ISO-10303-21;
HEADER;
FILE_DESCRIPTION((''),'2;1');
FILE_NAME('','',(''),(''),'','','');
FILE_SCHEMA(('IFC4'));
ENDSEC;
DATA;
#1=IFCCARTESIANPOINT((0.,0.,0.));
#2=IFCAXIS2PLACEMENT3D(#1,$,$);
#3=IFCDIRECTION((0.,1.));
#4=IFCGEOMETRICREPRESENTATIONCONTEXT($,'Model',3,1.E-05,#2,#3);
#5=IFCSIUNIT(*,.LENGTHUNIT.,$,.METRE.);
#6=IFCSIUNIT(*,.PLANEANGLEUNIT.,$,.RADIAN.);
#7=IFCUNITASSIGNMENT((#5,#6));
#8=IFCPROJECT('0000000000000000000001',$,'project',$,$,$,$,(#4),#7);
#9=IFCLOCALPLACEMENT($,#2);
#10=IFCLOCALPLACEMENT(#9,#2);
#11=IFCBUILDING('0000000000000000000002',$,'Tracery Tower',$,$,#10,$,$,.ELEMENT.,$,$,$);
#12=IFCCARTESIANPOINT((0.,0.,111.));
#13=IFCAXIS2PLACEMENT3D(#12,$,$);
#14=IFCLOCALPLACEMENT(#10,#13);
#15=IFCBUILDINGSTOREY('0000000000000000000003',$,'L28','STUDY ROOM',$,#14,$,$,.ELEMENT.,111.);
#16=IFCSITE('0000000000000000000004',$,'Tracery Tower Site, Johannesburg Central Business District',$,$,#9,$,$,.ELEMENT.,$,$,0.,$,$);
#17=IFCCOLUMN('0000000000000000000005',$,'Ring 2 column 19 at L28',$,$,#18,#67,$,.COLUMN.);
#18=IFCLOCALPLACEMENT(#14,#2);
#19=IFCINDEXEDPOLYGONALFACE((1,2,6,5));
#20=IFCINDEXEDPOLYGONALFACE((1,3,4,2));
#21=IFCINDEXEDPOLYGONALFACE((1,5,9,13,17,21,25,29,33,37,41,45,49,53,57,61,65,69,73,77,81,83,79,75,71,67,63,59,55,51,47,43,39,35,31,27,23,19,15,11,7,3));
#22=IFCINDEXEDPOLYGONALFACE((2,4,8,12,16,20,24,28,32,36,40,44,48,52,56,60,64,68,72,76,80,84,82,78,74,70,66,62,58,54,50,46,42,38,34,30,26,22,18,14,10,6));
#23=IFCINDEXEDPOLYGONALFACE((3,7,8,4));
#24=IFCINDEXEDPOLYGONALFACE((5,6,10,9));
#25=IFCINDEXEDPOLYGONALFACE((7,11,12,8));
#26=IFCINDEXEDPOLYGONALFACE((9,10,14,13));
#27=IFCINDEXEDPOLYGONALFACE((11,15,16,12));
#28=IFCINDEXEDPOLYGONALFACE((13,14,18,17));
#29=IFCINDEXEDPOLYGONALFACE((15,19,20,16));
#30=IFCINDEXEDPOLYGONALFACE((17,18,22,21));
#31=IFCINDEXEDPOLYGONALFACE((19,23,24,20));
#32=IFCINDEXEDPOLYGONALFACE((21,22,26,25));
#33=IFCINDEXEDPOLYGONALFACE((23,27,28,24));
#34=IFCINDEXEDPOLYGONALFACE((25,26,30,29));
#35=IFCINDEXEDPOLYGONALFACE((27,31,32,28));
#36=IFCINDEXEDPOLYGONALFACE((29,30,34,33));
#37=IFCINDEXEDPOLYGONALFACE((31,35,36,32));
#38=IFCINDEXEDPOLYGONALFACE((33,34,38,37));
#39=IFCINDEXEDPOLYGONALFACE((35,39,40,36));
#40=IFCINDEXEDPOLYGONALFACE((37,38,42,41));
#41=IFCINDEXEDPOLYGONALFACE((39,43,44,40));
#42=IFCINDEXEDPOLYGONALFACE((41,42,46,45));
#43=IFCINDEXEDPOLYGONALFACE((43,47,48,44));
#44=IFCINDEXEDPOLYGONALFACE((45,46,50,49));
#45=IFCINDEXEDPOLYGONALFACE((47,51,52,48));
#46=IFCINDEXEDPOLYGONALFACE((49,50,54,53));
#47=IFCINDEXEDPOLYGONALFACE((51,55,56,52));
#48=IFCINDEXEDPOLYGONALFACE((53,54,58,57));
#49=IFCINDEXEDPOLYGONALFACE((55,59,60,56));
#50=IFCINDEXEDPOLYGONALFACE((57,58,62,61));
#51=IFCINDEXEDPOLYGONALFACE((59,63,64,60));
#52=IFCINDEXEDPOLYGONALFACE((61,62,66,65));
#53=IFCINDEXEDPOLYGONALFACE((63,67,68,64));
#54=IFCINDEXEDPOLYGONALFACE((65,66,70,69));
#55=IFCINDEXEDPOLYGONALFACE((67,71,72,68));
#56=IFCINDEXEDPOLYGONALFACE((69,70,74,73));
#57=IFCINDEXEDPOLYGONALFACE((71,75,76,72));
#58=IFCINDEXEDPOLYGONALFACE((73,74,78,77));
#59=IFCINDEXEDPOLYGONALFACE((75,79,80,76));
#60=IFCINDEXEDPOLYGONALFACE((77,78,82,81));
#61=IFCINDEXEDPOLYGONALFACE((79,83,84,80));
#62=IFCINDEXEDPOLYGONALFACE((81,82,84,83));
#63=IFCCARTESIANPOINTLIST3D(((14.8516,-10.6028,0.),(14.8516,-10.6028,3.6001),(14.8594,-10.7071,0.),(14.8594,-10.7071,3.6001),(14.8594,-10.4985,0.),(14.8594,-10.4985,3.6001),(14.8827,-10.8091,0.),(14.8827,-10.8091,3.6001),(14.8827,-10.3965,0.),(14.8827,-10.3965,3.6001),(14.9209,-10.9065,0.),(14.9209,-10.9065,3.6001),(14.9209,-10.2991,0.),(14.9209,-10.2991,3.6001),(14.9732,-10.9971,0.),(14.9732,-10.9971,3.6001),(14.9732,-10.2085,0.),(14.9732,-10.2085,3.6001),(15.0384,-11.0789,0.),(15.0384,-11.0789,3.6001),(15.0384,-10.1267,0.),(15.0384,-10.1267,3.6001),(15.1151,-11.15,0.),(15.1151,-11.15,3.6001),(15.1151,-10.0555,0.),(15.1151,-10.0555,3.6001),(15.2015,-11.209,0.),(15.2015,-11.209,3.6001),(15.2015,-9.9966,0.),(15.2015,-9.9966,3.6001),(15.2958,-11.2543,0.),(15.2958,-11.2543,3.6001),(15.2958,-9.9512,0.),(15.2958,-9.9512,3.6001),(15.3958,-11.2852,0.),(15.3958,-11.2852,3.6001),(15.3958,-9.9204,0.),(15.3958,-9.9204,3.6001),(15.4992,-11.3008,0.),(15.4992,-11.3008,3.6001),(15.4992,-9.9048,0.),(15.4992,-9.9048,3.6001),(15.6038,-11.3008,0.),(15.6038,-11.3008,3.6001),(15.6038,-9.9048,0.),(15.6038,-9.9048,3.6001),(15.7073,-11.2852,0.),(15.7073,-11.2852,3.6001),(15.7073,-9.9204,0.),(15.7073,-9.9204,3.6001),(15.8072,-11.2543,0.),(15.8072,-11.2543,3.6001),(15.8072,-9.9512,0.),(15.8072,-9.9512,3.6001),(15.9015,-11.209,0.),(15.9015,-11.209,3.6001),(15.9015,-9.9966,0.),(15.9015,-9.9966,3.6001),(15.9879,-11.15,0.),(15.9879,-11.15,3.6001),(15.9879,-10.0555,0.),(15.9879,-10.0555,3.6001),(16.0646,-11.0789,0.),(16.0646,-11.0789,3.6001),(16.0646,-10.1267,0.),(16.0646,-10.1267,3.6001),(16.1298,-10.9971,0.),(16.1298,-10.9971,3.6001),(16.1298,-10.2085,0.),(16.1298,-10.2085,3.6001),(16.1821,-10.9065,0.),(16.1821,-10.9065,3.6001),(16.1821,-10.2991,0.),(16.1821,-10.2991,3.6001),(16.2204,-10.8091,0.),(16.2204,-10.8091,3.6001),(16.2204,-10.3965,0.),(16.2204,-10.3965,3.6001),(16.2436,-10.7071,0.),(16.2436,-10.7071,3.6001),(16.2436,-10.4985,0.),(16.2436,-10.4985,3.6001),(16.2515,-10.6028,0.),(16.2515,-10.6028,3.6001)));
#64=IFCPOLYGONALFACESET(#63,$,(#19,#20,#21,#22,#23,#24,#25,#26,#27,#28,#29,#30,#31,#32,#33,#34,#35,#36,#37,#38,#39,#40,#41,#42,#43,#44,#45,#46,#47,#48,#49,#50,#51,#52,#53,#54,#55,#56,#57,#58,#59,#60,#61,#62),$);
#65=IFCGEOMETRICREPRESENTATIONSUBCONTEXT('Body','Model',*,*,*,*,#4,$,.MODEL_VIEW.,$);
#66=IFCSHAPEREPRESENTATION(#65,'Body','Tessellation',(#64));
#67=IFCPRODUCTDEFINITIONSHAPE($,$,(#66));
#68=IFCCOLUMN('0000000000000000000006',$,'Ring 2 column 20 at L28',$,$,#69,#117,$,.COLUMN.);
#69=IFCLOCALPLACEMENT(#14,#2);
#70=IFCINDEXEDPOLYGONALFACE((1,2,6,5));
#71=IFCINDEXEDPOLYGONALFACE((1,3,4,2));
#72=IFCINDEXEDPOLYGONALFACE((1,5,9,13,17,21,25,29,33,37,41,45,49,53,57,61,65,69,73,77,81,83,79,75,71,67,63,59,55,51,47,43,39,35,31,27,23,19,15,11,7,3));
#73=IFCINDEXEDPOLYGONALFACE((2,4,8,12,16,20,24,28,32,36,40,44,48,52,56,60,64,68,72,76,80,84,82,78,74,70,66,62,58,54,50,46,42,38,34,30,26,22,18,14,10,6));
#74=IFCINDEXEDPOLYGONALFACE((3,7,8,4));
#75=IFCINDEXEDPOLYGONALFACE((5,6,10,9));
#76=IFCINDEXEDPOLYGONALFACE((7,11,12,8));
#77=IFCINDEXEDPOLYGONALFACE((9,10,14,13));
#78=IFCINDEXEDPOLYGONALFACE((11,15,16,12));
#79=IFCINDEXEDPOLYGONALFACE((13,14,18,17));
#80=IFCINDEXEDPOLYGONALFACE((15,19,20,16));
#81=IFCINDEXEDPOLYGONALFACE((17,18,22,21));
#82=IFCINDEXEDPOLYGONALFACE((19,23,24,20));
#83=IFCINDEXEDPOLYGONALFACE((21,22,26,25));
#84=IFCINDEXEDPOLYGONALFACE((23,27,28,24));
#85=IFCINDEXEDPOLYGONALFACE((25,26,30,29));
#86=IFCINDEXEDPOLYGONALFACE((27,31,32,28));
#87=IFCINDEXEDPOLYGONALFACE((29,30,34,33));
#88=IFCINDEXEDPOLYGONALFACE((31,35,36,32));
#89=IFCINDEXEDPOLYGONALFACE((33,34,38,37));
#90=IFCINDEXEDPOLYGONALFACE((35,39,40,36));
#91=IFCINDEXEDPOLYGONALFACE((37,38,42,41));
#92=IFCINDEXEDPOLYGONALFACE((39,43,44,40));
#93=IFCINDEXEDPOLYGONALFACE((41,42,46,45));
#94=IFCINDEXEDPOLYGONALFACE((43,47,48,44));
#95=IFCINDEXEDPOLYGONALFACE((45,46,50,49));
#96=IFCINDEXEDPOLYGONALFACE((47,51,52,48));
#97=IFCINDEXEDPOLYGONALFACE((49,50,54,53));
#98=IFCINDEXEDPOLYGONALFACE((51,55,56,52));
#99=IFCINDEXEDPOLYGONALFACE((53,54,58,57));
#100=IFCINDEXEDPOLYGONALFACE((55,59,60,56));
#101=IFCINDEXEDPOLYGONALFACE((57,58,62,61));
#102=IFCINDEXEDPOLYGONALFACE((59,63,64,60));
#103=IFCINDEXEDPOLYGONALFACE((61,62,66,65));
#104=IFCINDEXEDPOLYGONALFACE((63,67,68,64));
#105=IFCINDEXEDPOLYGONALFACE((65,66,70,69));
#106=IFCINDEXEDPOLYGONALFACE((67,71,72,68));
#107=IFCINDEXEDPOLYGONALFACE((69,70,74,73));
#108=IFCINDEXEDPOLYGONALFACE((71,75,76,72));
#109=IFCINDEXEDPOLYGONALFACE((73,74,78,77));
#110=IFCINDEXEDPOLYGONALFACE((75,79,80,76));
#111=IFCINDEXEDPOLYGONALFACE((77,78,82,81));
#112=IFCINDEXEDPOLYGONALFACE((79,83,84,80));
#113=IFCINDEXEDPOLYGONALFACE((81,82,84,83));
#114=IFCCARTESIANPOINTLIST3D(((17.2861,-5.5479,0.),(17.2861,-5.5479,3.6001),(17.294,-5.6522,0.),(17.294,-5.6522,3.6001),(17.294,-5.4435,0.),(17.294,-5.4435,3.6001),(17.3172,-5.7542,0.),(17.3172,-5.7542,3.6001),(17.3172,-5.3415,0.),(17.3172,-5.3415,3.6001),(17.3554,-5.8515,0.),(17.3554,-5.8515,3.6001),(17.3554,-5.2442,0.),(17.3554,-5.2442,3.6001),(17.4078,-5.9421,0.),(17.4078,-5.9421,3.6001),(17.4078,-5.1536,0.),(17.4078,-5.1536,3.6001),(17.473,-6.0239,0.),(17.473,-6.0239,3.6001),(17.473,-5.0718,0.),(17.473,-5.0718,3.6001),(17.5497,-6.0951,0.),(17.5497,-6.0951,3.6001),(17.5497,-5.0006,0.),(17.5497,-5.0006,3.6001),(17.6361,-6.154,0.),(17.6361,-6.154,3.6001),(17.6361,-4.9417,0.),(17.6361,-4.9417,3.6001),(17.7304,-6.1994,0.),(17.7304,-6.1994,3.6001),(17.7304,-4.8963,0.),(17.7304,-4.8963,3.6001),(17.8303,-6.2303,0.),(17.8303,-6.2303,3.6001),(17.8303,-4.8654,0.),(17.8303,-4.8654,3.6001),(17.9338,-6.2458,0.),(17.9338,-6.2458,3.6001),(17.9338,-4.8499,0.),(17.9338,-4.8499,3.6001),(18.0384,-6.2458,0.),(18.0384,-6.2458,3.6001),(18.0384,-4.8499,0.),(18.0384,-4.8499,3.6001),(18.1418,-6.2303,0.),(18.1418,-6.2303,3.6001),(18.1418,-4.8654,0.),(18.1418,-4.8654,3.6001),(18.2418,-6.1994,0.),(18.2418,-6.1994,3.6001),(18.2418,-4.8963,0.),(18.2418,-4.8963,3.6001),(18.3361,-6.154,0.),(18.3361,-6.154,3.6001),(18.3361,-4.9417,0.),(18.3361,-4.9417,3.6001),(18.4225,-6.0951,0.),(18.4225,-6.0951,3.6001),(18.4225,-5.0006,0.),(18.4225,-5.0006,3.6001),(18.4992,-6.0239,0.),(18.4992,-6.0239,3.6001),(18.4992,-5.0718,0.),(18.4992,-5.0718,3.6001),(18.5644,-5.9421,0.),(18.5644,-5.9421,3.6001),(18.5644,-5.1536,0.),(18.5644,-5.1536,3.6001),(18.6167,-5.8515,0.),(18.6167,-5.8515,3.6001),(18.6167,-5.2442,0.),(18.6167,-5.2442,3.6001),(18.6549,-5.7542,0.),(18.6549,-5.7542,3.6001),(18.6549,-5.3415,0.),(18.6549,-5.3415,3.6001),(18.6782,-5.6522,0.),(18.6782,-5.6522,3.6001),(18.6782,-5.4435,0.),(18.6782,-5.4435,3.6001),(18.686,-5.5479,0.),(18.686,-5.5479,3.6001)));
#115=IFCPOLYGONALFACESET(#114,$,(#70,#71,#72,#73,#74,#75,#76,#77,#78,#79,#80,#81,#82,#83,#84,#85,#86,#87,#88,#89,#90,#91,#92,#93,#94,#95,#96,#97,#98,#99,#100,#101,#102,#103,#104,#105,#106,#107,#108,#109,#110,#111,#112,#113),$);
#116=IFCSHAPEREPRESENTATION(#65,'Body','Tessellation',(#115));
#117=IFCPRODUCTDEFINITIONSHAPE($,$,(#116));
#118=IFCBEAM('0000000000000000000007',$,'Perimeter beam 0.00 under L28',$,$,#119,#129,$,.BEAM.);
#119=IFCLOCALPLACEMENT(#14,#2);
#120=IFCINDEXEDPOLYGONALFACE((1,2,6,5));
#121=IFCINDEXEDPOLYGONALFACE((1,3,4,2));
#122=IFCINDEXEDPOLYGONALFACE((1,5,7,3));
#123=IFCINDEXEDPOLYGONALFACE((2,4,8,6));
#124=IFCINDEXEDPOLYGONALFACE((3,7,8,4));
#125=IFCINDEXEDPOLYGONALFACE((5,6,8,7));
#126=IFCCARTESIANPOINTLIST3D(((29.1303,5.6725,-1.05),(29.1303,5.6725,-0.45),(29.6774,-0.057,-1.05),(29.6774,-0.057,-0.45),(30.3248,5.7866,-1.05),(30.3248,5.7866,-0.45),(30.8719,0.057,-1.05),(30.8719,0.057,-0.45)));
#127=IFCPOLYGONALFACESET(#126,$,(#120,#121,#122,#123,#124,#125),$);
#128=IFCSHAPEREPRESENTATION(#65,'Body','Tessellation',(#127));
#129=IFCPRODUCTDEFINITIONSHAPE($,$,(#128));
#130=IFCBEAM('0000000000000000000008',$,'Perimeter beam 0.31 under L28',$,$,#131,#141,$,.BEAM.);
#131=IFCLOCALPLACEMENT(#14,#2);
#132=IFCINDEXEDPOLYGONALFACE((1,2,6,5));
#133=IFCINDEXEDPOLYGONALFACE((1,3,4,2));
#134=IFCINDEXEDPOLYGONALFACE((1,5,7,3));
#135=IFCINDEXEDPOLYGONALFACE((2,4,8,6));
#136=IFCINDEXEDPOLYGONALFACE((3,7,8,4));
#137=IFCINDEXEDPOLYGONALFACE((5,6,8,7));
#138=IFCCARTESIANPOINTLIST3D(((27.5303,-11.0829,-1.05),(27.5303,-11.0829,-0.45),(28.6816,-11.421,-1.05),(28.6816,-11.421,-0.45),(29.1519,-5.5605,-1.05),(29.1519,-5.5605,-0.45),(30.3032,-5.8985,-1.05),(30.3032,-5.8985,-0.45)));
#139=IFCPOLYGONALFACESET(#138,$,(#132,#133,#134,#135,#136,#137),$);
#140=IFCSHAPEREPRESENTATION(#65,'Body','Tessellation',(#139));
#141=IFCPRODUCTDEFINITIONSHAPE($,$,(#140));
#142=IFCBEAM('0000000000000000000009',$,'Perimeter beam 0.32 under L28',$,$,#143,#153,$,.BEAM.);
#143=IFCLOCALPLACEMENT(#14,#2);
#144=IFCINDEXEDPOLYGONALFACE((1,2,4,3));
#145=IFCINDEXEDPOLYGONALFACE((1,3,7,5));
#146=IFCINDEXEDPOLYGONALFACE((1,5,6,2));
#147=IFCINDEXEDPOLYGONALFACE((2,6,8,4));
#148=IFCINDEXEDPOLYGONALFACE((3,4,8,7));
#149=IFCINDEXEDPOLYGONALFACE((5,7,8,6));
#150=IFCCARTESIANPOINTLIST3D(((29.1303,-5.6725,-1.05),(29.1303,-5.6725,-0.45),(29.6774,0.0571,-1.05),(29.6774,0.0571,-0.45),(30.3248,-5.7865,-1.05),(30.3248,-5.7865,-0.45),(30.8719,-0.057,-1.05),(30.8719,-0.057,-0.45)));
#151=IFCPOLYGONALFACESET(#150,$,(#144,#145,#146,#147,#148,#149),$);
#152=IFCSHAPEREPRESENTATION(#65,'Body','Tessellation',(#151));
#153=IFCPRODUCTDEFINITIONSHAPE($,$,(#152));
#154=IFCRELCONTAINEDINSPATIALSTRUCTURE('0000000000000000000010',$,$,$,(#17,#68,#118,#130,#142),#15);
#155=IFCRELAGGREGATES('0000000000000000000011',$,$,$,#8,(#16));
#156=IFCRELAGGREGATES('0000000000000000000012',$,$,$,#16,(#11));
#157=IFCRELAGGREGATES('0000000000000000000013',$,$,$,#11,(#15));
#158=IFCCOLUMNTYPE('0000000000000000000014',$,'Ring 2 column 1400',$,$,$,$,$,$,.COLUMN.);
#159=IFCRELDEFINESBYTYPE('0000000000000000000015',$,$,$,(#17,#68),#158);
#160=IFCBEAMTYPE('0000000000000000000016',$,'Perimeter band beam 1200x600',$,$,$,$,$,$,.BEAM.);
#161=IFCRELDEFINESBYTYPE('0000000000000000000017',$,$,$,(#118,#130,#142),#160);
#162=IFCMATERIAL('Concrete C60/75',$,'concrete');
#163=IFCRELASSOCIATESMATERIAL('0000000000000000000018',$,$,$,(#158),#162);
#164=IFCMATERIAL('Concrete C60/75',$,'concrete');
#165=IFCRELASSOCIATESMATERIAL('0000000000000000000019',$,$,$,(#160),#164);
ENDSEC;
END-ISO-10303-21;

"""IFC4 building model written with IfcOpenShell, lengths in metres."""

from ifc_helpers import new_model, si_unit, direction, frame, origin, origin_2d, place, context, subcontext, project, spatial, rectangle, circle, extrude, material, material_profile, profile_set, type_object, element, save


model = new_model("IFC4")

# Units and contexts
model_context = context("Model", 3, precision=1e-05, world=origin(), true_north=direction((0.0, 1.0)))
body_context = subcontext(model_context, "Body", "Model", "MODEL_VIEW")
ifc_project = project(units=[si_unit("LENGTHUNIT", "METRE"), si_unit("PLANEANGLEUNIT", "RADIAN")], contexts=[model_context])

# Site, building, storey
site_placement = place(None, origin())
site = spatial("IfcSite", under=ifc_project, at=site_placement, Name="Tracery Tower Site, Johannesburg Central Business District", CompositionType="ELEMENT", RefElevation=0.0)
building_placement = place(site_placement, origin())
building = spatial("IfcBuilding", under=site, at=building_placement, Name="Tracery Tower", CompositionType="ELEMENT")
storey_placement = place(building_placement, frame((0.0, 0.0, 111.0)))
storey = spatial("IfcBuildingStorey", under=building, at=storey_placement, Name="L28", Description="STUDY ROOM", CompositionType="ELEMENT", Elevation=111.0)

# Columns
ifc_material_1 = material(Name="Concrete C60/75", Category="concrete")
ifc_material_profile_1 = material_profile(ifc_material_1, circle(Radius=0.7, at=origin_2d()), Name="RC D1400")
ifc_profile_set_1 = profile_set([ifc_material_profile_1], Name="Concrete C60/75")
column_type_1 = type_object("IfcColumnType", Name="Ring 2 column 1400", PredefinedType="COLUMN", material=ifc_profile_set_1)
for number, where, z_axis, x_axis, name in (
    (1, (15.5515, -10.6028, 0.0), (0.0, 0.0, 1.0), (1.0, 0.0, 0.0), "Ring 2 column 19 at L28"),
    (2, (17.9861, -5.5479, 0.0), (0.0, 0.0, 1.0), (1.0, 0.0, 0.0), "Ring 2 column 20 at L28"),
):
    element("IfcColumn", number, at=place(storey_placement, frame(where, z_axis=z_axis, x_axis=x_axis)), inside=storey, type_object=column_type_1, Name=name, PredefinedType="COLUMN", context=body_context, shape_type="SweptSolid", body=[
        extrude(circle(Radius=0.7, at=origin_2d()), origin(), (0.0, 0.0, 1.0), 3.6001),
    ])

# Beams
ifc_material_2 = material(Name="Concrete C60/75", Category="concrete")
ifc_material_profile_2 = material_profile(ifc_material_2, rectangle(XDim=1.2, YDim=0.6001, at=origin_2d()), Name="RC 1200x600")
ifc_profile_set_2 = profile_set([ifc_material_profile_2], Name="Concrete C60/75")
beam_type = type_object("IfcBeamType", Name="Perimeter band beam 1200x600", PredefinedType="BEAM", material=ifc_profile_set_2)
for number, where, z_axis, x_axis, name in (
    (3, (30.2747, 0.0, -0.75), (-0.095059, 0.995472, 0.0), (-0.995472, -0.095059, 0.0), "Perimeter beam 0.00 under L28"),
    (4, (28.106, -11.252, -0.75), (0.281739, 0.959491, 0.0), (-0.959491, 0.281739, 0.0), "Perimeter beam 0.31 under L28"),
    (5, (29.7275, -5.7295, -0.75), (0.095059, 0.995472, 0.0), (-0.995472, 0.095059, 0.0), "Perimeter beam 0.32 under L28"),
):
    element("IfcBeam", number, at=place(storey_placement, frame(where, z_axis=z_axis, x_axis=x_axis)), inside=storey, type_object=beam_type, Name=name, PredefinedType="BEAM", context=body_context, shape_type="SweptSolid", body=[
        extrude(rectangle(XDim=1.2, YDim=0.6001, at=origin_2d()), origin(), (0.0, 0.0, 1.0), 5.7556),
    ])

save(model, "model.ifc")
